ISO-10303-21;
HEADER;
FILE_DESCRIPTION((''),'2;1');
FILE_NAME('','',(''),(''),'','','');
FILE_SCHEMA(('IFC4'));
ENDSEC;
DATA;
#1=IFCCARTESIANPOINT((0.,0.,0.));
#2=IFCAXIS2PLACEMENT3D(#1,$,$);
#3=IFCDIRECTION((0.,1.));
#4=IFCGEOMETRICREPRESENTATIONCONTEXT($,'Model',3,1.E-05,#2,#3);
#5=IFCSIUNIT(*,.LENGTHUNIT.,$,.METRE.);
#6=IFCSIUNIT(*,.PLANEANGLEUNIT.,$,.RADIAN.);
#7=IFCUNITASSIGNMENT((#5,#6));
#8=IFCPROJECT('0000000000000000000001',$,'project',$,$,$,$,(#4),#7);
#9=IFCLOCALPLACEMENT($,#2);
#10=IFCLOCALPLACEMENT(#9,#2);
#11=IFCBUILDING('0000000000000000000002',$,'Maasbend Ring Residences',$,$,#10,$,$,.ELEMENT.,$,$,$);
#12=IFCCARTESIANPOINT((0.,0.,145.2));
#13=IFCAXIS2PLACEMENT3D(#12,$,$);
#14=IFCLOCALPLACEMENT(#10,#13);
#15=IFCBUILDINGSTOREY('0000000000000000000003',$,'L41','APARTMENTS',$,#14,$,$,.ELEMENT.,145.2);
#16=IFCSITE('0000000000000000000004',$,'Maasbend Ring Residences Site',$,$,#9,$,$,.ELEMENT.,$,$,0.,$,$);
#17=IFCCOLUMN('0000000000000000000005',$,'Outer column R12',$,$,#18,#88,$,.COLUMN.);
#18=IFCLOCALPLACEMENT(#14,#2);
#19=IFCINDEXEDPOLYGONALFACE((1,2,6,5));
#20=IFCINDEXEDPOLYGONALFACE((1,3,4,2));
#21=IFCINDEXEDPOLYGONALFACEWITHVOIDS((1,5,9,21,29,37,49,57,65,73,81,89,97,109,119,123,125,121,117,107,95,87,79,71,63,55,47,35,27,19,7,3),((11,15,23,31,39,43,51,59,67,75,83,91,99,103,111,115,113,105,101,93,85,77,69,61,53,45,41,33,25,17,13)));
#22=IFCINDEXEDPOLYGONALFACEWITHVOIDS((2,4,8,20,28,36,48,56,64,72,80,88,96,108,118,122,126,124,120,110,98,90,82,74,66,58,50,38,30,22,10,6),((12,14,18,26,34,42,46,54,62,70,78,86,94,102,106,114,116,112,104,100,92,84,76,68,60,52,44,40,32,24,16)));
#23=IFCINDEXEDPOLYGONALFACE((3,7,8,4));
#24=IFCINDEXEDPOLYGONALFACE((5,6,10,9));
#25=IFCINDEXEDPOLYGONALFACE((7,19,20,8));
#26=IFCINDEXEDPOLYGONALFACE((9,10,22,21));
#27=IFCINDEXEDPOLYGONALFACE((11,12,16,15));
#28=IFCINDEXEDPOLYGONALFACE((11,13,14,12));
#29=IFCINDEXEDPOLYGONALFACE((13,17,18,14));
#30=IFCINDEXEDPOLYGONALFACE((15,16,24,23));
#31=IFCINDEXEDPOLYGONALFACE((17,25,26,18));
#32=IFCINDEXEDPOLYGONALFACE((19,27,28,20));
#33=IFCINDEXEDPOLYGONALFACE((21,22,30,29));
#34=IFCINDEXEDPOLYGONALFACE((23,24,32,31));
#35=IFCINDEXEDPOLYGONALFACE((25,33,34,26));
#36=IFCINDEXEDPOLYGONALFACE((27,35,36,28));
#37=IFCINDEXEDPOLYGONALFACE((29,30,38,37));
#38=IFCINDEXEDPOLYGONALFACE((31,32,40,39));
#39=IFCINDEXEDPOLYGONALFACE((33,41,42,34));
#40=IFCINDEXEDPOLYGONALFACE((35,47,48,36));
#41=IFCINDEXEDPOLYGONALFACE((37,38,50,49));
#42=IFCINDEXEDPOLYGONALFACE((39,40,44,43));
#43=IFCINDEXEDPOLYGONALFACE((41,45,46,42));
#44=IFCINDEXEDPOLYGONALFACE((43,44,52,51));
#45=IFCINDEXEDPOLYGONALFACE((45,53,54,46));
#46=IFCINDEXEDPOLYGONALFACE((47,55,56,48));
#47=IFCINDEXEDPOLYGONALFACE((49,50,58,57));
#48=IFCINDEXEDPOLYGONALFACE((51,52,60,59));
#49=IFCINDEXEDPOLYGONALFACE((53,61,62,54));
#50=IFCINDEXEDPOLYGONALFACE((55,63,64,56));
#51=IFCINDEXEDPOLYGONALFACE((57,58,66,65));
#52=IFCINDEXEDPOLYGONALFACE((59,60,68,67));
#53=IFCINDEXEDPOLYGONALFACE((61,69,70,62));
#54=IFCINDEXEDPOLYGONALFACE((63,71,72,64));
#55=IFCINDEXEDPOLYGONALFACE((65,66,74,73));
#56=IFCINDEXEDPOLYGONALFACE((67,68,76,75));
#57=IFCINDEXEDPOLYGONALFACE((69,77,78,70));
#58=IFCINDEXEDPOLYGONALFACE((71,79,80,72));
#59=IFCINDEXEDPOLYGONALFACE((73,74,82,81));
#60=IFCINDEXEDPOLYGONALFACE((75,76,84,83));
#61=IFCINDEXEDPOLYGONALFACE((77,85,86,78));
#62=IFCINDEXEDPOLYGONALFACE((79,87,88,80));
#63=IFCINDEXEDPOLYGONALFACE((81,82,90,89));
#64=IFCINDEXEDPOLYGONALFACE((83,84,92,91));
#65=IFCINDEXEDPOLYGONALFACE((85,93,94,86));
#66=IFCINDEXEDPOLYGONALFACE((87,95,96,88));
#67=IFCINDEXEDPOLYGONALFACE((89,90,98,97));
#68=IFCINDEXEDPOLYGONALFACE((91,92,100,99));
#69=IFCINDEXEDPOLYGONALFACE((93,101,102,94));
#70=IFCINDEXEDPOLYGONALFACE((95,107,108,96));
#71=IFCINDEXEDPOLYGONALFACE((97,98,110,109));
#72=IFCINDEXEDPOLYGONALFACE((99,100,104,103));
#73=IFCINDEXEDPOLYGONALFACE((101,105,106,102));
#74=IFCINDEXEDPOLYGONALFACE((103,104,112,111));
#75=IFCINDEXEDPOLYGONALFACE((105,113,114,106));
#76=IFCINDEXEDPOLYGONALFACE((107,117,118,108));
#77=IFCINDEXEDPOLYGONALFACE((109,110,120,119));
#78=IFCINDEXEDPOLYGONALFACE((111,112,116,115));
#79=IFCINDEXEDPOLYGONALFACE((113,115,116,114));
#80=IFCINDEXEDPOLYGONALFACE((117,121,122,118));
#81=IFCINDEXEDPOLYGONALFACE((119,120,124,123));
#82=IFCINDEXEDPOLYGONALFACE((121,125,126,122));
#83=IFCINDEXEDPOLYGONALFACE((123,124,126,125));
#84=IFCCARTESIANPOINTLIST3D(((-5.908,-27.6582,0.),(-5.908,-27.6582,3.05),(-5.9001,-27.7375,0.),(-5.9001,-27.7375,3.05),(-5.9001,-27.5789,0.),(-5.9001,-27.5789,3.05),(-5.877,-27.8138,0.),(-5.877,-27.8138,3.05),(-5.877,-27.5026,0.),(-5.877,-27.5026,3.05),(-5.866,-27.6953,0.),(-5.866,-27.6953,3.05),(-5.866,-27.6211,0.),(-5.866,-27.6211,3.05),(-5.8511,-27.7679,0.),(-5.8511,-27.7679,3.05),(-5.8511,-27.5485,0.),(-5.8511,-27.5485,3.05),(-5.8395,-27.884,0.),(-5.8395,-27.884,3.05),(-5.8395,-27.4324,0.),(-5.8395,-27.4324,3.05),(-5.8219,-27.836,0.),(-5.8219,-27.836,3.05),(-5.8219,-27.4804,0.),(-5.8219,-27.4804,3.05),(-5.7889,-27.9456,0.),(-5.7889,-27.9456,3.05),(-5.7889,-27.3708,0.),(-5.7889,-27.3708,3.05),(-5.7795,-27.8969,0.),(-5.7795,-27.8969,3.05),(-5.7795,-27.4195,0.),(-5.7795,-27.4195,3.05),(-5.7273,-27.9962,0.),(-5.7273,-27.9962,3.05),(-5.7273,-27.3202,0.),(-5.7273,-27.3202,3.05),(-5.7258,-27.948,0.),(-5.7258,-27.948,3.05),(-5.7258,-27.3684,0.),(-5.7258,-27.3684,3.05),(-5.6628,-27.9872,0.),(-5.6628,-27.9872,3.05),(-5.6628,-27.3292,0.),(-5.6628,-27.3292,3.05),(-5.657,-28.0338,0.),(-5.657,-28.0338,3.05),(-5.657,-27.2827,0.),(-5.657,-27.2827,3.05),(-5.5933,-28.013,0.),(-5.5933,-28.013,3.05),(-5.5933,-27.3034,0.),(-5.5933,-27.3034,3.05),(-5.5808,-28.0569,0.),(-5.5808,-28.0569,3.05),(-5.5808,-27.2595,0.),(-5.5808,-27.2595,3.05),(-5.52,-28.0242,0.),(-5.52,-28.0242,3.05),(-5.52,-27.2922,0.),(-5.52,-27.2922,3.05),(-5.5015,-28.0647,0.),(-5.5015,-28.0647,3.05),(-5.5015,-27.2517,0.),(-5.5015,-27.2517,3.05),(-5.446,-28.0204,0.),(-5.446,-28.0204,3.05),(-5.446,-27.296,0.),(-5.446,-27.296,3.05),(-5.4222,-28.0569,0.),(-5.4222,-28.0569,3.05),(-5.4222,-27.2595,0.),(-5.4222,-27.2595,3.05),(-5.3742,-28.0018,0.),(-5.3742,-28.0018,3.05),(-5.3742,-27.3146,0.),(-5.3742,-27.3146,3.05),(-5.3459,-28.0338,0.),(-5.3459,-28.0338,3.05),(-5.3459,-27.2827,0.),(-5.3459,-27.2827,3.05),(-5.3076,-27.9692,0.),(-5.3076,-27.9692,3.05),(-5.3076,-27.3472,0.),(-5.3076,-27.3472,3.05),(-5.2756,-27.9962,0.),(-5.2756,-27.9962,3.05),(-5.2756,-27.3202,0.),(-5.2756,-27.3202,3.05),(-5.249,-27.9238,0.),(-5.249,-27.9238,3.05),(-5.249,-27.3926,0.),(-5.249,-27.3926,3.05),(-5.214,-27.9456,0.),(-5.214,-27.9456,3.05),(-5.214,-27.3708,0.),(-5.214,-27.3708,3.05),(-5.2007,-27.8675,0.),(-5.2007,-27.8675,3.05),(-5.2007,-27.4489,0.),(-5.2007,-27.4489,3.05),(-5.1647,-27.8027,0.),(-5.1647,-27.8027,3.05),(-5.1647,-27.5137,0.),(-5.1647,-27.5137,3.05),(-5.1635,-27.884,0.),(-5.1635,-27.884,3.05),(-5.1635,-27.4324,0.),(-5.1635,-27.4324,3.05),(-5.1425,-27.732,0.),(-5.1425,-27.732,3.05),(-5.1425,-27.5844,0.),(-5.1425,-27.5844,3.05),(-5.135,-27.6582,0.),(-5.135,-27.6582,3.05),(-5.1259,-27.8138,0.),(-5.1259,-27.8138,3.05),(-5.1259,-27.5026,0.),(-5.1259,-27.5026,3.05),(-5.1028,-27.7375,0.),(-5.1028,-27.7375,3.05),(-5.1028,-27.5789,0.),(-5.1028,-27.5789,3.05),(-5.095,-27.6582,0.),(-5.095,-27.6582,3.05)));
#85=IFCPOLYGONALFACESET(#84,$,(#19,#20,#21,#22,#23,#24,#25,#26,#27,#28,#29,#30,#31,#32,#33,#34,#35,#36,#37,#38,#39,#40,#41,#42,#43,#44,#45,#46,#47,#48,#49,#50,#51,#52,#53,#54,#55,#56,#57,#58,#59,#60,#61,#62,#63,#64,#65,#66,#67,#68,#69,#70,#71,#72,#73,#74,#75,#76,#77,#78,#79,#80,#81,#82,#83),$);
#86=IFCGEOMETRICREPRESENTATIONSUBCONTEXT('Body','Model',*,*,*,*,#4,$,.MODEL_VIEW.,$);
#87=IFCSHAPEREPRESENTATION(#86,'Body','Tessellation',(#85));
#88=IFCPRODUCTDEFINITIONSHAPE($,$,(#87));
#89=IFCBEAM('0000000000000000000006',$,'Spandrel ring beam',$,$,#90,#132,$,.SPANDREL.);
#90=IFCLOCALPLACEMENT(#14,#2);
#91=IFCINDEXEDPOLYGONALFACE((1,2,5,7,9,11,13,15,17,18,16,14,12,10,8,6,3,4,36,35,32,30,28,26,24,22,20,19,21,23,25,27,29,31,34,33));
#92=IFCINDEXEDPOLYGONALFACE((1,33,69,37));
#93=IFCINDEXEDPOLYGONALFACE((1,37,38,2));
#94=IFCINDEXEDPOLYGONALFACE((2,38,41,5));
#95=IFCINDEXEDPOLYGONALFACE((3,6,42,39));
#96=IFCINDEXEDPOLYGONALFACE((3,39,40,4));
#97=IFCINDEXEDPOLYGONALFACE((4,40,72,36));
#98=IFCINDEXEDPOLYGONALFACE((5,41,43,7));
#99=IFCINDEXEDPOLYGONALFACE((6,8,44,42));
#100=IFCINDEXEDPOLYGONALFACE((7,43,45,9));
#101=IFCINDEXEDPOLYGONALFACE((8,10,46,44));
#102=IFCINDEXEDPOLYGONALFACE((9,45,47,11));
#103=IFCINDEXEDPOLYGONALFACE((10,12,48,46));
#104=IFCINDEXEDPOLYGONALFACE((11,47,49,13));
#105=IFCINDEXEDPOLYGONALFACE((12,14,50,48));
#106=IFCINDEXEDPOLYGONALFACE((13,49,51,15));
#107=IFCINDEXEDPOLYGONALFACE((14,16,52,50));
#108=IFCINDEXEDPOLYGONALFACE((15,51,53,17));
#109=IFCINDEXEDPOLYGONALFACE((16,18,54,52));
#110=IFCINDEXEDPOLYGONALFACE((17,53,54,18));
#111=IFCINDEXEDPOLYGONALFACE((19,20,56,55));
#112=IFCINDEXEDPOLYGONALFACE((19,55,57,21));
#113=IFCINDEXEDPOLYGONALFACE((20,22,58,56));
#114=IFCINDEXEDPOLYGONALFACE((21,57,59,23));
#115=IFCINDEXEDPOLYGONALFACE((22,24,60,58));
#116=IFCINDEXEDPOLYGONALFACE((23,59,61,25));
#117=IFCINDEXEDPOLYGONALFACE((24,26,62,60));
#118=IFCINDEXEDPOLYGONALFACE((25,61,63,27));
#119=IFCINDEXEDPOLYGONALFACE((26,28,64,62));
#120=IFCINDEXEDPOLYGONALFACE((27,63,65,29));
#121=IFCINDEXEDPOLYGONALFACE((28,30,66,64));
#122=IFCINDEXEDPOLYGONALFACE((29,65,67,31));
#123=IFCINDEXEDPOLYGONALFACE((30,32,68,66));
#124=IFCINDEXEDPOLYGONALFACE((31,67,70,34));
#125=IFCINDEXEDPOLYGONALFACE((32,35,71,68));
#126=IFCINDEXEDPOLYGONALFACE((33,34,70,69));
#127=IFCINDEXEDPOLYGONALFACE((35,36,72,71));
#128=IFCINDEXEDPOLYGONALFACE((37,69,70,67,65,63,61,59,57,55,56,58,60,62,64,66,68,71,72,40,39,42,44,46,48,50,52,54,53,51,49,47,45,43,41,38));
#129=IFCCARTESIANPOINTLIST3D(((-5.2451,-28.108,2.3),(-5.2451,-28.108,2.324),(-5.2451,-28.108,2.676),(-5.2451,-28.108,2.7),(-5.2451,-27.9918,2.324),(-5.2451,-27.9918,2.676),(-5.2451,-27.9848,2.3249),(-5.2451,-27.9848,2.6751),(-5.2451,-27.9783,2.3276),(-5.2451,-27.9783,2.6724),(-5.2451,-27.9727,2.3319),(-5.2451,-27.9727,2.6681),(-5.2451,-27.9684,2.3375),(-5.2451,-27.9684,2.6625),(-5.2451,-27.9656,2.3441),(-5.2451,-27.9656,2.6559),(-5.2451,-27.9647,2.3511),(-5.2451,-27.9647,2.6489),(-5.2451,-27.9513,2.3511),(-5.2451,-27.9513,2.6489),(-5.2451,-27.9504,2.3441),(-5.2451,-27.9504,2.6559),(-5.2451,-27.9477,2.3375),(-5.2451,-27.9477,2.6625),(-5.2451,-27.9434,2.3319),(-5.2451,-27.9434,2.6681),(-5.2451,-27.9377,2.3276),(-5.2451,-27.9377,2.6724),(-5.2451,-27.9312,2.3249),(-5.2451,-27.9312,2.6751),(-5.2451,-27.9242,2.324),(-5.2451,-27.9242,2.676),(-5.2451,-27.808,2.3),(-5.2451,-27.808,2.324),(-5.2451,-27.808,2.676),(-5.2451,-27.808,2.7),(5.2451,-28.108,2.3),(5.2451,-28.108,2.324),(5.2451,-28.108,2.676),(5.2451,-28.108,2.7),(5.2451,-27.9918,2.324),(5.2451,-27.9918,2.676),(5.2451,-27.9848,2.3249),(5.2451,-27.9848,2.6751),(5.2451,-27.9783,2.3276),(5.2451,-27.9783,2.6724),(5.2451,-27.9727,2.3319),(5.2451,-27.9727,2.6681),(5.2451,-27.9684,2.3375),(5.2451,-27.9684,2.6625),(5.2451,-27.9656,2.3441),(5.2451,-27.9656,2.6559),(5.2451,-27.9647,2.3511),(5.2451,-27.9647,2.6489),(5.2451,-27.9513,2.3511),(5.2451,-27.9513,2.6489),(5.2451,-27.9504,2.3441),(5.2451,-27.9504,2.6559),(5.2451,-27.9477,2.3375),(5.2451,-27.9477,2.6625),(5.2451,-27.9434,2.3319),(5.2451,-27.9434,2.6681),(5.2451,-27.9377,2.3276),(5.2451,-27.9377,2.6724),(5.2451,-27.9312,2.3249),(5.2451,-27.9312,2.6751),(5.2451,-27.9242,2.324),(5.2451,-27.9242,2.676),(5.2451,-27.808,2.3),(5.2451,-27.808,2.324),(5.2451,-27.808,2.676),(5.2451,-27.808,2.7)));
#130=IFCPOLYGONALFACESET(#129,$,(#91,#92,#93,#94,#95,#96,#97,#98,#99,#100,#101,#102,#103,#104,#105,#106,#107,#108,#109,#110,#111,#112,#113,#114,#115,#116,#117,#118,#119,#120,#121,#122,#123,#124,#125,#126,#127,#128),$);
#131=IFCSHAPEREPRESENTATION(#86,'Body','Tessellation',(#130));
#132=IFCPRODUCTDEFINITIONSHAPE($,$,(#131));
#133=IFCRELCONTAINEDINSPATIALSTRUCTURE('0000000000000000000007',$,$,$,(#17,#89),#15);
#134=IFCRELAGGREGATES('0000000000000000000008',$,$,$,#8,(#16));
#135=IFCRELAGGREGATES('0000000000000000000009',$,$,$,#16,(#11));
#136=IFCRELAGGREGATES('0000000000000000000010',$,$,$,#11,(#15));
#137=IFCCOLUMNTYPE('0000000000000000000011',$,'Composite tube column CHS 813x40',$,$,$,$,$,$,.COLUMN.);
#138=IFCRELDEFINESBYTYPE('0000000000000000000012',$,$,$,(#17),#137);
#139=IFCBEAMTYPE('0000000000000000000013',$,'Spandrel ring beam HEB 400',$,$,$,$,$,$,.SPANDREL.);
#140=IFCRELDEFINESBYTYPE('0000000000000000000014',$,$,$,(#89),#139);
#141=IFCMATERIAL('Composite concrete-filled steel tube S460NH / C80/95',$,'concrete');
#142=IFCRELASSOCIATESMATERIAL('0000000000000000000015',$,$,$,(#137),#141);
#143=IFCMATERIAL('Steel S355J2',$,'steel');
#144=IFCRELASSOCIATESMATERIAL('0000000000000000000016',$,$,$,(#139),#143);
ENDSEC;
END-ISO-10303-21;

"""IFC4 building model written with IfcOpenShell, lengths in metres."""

from ifc_helpers import new_model, si_unit, direction, frame, origin, origin_2d, place, context, subcontext, project, spatial, hollow_circle, i_section, extrude, material, material_profile, profile_set, type_object, element, save


model = new_model("IFC4")

# Units and contexts
model_context = context("Model", 3, precision=1e-05, world=origin(), true_north=direction((0.0, 1.0)))
body_context = subcontext(model_context, "Body", "Model", "MODEL_VIEW")
ifc_project = project(units=[si_unit("LENGTHUNIT", "METRE"), si_unit("PLANEANGLEUNIT", "RADIAN")], contexts=[model_context])

# Site, building, storey
site_placement = place(None, origin())
site = spatial("IfcSite", under=ifc_project, at=site_placement, Name="Maasbend Ring Residences Site", CompositionType="ELEMENT", RefElevation=0.0)
building_placement = place(site_placement, origin())
building = spatial("IfcBuilding", under=site, at=building_placement, Name="Maasbend Ring Residences", CompositionType="ELEMENT")
storey_placement = place(building_placement, frame((0.0, 0.0, 145.2)))
storey = spatial("IfcBuildingStorey", under=building, at=storey_placement, Name="L41", Description="APARTMENTS", CompositionType="ELEMENT", Elevation=145.2)

# Column
ifc_material_1 = material(Name="Composite concrete-filled steel tube S460NH / C80/95", Category="concrete")
ifc_material_profile_1 = material_profile(ifc_material_1, hollow_circle(Radius=0.4065, WallThickness=0.04, at=origin_2d()), Name="Composite tube column CHS 813x40")
ifc_profile_set_1 = profile_set([ifc_material_profile_1], Name="Composite concrete-filled steel tube S460NH / C80/95")
column_type = type_object("IfcColumnType", Name="Composite tube column CHS 813x40", PredefinedType="COLUMN", material=ifc_profile_set_1)
column_placement = place(storey_placement, frame((-5.5015, -27.6582, 0.0), z_axis=(0.0, 0.0, 1.0), x_axis=(1.0, 0.0, 0.0)))
element("IfcColumn", 1, at=column_placement, inside=storey, type_object=column_type, Name="Outer column R12", PredefinedType="COLUMN", context=body_context, shape_type="SweptSolid", body=[
    extrude(hollow_circle(Radius=0.4065, WallThickness=0.04, at=origin_2d()), origin(), (0.0, 0.0, 1.0), 3.05),
])

# Beam
ifc_material_2 = material(Name="Steel S355J2", Category="steel")
ifc_material_profile_2 = material_profile(ifc_material_2, i_section(OverallWidth=0.3, OverallDepth=0.3999, WebThickness=0.0134, FlangeThickness=0.0239, FilletRadius=0.0271, at=origin_2d()), Name="HEB 400")
ifc_profile_set_2 = profile_set([ifc_material_profile_2], Name="Steel S355J2")
beam_type = type_object("IfcBeamType", Name="Spandrel ring beam HEB 400", PredefinedType="SPANDREL", material=ifc_profile_set_2)
beam_placement = place(storey_placement, frame((-5.2451, -27.958, 2.5), z_axis=(1.0, 0.0, 0.0), x_axis=(0.0, 1.0, 0.0)))
element("IfcBeam", 2, at=beam_placement, inside=storey, type_object=beam_type, Name="Spandrel ring beam", PredefinedType="SPANDREL", context=body_context, shape_type="SweptSolid", body=[
    extrude(i_section(OverallWidth=0.3, OverallDepth=0.3999, WebThickness=0.0134, FlangeThickness=0.0239, FilletRadius=0.0271, at=origin_2d()), origin(), (0.0, 0.0, 1.0), 10.4902),
])

save(model, "model.ifc")
